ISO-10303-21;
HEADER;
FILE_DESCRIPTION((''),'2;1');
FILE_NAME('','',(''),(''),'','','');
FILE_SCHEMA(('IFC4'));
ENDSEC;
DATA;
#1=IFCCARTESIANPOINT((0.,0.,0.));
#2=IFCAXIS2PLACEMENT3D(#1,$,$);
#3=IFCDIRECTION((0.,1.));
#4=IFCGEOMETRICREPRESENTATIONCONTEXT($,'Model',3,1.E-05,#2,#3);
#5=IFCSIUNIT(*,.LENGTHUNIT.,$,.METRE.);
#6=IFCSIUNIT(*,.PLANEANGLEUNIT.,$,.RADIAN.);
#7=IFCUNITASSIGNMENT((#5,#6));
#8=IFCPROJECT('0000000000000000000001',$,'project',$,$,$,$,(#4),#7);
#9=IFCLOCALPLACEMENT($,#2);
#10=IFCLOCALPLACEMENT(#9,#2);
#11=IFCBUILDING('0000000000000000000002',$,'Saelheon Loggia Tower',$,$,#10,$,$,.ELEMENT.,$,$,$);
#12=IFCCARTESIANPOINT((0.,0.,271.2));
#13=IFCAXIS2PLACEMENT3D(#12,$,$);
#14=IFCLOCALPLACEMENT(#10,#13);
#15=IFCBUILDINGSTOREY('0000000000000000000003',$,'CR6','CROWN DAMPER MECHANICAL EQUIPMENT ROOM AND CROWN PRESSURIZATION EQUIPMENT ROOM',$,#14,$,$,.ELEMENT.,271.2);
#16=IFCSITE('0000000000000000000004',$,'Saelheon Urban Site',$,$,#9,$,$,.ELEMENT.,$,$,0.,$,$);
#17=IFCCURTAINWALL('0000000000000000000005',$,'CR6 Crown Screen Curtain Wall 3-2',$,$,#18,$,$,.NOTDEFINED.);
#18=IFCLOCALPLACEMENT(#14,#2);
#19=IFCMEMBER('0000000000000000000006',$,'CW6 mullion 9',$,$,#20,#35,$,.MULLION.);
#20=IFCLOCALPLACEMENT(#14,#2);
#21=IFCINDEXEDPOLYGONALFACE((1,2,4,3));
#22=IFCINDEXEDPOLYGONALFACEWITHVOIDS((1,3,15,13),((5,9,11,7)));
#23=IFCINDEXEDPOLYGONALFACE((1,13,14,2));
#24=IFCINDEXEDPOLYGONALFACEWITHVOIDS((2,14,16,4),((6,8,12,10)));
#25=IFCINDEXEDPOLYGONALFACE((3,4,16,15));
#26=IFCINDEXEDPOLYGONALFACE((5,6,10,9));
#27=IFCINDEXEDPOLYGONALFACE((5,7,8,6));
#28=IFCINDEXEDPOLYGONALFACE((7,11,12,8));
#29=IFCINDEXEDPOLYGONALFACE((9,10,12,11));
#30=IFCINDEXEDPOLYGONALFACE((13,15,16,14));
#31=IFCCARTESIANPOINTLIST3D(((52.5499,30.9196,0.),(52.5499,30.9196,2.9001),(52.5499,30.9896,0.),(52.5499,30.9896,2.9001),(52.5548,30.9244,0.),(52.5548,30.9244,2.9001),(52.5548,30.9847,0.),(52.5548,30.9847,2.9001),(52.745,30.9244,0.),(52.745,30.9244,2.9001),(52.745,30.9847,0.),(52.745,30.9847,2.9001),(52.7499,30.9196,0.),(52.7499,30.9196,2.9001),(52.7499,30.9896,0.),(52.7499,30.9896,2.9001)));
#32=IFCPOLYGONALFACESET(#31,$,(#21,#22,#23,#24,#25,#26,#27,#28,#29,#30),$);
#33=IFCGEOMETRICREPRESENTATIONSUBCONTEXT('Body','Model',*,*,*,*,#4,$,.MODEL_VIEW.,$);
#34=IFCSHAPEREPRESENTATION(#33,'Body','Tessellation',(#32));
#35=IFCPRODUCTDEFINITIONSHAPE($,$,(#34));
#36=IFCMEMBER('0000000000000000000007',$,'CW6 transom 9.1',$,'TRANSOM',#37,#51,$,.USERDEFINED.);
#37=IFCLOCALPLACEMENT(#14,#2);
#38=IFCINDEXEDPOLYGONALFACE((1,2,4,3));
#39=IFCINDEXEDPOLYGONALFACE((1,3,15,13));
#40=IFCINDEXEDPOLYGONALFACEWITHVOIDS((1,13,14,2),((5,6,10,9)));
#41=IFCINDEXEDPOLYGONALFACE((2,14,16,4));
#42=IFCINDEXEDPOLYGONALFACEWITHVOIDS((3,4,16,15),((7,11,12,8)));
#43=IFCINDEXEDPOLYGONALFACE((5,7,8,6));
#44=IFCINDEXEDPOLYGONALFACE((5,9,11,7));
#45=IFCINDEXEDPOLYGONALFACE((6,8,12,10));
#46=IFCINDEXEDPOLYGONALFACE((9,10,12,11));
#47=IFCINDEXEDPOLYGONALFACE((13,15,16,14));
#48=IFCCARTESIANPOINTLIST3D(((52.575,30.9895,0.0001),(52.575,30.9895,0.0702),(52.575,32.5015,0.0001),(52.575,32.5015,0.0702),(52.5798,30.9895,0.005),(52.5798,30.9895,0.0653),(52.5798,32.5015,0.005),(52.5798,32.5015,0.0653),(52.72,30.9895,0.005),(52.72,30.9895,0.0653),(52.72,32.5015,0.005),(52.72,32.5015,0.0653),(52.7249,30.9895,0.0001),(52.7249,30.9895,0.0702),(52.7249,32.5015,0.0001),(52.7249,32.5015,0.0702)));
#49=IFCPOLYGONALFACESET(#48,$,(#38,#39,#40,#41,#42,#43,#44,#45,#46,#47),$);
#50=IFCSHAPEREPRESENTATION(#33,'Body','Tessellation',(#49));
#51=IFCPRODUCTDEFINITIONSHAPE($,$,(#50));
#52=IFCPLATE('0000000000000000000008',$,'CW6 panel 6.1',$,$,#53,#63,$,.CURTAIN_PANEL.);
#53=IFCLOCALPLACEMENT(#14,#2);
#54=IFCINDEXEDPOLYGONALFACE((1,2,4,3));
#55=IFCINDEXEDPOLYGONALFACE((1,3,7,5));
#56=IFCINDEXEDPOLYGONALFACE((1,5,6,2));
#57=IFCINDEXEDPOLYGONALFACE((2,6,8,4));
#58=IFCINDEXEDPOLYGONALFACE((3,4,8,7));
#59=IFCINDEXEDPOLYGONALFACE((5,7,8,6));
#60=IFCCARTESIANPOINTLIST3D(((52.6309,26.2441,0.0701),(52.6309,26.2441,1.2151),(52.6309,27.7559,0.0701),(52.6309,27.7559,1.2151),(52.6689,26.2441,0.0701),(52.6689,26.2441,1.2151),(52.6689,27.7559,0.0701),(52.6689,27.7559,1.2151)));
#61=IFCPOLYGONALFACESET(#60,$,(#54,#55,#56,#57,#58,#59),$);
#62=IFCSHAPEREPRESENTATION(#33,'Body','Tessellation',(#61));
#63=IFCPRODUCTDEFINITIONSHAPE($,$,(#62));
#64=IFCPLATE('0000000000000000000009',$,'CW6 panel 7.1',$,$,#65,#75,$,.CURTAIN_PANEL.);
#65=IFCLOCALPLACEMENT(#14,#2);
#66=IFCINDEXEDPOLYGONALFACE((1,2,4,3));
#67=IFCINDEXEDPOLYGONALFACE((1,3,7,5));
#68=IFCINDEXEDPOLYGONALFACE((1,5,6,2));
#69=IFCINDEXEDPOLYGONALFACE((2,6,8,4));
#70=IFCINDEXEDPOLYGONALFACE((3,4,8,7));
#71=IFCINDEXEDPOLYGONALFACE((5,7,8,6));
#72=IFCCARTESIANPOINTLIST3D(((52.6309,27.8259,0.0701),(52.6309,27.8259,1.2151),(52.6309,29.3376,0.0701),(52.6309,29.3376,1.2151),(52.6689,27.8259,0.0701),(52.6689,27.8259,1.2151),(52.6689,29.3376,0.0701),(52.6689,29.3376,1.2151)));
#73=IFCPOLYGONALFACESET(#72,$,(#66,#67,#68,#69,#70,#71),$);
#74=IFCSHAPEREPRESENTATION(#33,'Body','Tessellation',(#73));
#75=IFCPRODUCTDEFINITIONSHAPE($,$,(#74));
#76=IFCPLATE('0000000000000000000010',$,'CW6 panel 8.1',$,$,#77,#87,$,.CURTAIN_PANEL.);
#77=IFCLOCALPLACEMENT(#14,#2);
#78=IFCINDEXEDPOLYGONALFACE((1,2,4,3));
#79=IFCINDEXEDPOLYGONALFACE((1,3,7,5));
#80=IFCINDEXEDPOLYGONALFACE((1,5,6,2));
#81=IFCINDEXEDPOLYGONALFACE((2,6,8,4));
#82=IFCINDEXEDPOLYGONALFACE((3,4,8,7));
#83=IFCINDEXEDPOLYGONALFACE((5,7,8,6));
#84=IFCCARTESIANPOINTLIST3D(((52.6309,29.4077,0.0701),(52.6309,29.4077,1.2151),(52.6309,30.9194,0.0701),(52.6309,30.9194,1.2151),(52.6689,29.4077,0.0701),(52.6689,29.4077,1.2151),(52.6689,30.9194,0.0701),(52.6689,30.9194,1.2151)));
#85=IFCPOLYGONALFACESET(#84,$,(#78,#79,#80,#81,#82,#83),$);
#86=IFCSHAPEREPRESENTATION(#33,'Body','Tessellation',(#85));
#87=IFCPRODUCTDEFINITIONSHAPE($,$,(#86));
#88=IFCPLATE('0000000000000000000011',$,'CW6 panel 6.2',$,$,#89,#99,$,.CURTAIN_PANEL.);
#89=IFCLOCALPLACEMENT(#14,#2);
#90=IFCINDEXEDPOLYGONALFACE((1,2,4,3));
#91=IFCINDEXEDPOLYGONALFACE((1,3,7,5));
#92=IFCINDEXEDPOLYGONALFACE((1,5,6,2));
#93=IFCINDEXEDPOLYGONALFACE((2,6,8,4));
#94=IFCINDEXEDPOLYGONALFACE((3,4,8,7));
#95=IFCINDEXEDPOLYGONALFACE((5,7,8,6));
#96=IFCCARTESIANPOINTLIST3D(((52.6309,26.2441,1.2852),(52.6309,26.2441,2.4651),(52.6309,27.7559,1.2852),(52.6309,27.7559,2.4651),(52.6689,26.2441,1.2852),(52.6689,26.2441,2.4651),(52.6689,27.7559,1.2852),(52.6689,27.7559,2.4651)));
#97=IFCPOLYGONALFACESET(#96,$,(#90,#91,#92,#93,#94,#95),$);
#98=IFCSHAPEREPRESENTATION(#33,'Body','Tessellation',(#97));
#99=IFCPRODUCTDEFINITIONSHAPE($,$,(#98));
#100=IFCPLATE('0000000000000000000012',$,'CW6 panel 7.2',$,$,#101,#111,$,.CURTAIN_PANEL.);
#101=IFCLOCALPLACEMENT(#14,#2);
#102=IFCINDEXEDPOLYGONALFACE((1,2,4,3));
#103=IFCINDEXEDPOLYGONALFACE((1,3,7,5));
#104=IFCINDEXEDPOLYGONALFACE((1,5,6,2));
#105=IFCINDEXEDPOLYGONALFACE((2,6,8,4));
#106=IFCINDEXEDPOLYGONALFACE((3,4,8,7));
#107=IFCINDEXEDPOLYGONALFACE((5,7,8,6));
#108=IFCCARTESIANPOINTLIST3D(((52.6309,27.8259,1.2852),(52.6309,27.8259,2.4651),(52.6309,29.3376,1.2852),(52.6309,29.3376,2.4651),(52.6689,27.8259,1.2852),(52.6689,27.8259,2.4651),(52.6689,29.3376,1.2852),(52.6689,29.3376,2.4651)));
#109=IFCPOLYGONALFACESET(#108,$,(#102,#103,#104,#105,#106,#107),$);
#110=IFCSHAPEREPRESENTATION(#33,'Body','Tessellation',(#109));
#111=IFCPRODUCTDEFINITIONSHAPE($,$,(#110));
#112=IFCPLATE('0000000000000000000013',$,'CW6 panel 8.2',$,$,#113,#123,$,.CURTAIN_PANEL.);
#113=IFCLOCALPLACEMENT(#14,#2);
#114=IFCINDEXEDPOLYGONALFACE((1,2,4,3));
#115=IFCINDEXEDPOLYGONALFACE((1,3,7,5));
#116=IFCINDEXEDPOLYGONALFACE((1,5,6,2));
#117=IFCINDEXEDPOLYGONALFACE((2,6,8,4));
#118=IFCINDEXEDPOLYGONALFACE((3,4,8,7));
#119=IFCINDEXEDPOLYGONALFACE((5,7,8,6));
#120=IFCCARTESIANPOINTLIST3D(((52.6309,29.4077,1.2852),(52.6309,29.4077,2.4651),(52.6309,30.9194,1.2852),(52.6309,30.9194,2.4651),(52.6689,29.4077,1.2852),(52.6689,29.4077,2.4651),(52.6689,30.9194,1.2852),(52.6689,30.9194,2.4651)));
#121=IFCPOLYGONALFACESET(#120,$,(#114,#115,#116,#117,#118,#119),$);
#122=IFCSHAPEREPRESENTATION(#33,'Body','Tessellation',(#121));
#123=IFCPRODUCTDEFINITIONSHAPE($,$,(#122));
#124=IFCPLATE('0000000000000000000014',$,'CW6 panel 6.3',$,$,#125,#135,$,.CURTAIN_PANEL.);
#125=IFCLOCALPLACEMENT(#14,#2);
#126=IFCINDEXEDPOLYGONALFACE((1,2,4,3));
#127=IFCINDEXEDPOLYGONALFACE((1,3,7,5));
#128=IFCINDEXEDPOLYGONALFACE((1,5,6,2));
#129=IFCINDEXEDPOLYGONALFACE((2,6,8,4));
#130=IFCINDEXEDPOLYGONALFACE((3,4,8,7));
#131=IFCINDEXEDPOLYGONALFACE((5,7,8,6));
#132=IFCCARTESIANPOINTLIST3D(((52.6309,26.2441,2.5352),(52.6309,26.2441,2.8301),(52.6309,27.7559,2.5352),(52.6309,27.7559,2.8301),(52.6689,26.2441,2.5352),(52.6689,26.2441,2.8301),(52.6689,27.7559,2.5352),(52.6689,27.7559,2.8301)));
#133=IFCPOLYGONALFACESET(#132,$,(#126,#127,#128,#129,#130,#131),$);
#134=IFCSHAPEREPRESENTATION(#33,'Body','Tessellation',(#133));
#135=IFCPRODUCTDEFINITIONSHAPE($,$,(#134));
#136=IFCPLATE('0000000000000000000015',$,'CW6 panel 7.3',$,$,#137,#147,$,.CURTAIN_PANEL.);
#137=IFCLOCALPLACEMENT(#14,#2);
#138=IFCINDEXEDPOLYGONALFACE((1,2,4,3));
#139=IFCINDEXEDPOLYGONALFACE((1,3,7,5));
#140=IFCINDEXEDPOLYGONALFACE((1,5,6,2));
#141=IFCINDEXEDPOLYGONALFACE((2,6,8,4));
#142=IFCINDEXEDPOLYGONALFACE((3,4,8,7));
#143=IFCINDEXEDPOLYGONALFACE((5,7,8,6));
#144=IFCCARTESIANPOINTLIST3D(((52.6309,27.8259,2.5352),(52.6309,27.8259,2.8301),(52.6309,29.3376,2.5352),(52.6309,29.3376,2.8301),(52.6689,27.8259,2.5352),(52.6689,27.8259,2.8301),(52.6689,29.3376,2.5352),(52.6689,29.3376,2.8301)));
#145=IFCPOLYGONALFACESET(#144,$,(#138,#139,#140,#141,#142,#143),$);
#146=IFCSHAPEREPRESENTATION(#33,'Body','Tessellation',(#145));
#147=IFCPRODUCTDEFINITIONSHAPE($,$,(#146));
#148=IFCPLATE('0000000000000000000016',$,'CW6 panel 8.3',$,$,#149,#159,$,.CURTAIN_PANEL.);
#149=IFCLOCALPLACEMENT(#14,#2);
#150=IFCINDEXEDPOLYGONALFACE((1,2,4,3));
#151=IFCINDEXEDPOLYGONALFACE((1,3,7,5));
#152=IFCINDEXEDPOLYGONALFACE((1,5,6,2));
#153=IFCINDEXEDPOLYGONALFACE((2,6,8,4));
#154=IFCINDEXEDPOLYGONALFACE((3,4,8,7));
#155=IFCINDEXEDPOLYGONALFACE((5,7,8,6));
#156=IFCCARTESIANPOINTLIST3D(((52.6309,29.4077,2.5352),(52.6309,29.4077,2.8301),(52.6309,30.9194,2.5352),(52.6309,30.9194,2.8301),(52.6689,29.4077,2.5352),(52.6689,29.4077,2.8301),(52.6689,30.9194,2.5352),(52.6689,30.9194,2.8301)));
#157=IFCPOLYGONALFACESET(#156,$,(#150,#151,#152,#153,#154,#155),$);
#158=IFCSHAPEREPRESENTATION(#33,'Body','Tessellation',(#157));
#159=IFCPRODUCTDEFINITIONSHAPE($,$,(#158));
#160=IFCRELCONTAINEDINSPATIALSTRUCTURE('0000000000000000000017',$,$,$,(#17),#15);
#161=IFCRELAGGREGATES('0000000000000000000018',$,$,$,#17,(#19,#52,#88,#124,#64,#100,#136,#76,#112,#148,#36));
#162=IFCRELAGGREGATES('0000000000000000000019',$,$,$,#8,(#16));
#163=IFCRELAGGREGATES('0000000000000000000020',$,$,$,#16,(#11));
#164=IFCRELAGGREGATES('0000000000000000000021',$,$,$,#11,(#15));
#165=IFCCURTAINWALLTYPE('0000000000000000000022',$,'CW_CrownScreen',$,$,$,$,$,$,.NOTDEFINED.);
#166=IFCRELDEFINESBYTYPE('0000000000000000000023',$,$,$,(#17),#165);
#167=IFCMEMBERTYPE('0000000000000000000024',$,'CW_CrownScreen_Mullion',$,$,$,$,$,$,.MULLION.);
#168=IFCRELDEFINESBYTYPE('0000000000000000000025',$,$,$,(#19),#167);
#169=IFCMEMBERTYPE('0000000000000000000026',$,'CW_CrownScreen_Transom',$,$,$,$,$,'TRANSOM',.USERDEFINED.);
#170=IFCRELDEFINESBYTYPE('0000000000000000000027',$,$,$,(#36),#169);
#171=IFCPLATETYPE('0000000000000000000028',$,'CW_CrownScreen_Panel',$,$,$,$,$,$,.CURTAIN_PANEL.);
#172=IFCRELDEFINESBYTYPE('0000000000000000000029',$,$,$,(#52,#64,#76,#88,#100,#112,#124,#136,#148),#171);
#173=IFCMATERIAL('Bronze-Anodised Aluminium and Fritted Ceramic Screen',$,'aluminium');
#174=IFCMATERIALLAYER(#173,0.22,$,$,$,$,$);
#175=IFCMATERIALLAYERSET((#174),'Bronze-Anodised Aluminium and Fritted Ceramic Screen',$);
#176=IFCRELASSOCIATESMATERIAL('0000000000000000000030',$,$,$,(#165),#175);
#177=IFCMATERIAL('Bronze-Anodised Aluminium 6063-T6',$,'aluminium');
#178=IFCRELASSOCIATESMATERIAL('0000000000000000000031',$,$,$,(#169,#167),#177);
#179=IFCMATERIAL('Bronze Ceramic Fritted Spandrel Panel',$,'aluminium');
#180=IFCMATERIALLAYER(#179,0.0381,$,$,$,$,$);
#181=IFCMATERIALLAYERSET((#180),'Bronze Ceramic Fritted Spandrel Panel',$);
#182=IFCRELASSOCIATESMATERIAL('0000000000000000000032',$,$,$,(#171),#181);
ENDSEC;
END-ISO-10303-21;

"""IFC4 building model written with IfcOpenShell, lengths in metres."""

from ifc_helpers import new_model, si_unit, direction, frame, origin, origin_2d, place, context, subcontext, project, spatial, rectangle, hollow_rectangle, extrude, source, transform, mapped, material, layer, layer_set, material_profile, profile_set, type_object, element, aggregate, save


model = new_model("IFC4")

# Units and contexts
model_context = context("Model", 3, precision=1e-05, world=origin(), true_north=direction((0.0, 1.0)))
body_context = subcontext(model_context, "Body", "Model", "MODEL_VIEW")
ifc_project = project(units=[si_unit("LENGTHUNIT", "METRE"), si_unit("PLANEANGLEUNIT", "RADIAN")], contexts=[model_context])

# Site, building, storey
site_placement = place(None, origin())
site = spatial("IfcSite", under=ifc_project, at=site_placement, Name="Saelheon Urban Site", CompositionType="ELEMENT", RefElevation=0.0)
building_placement = place(site_placement, origin())
building = spatial("IfcBuilding", under=site, at=building_placement, Name="Saelheon Loggia Tower", CompositionType="ELEMENT")
storey_placement = place(building_placement, frame((0.0, 0.0, 271.2)))
storey = spatial("IfcBuildingStorey", under=building, at=storey_placement, Name="CR6", Description="CROWN DAMPER MECHANICAL EQUIPMENT ROOM AND CROWN PRESSURIZATION EQUIPMENT ROOM", CompositionType="ELEMENT", Elevation=271.2)

# Curtain wall, members, plates
ifc_material_1 = material(Name="Bronze-Anodised Aluminium and Fritted Ceramic Screen", Category="aluminium")
ifc_layer_1 = layer(ifc_material_1, 0.22)
ifc_layer_set_1 = layer_set([ifc_layer_1], Name="Bronze-Anodised Aluminium and Fritted Ceramic Screen")
curtain_wall_type = type_object("IfcCurtainWallType", Name="CW_CrownScreen", PredefinedType="NOTDEFINED", material=ifc_layer_set_1)
curtain_wall_placement = place(storey_placement, origin())
curtain_wall = element("IfcCurtainWall", 1, at=curtain_wall_placement, inside=storey, type_object=curtain_wall_type, Name="CR6 Crown Screen Curtain Wall 3-2", PredefinedType="NOTDEFINED")
ifc_material_2 = material(Name="Bronze-Anodised Aluminium 6063-T6", Category="aluminium")
ifc_material_profile_1 = material_profile(ifc_material_2, hollow_rectangle(XDim=0.0701, YDim=0.1499, WallThickness=0.0049, at=origin_2d()), Name="RHS-150x70x5")
ifc_profile_set_1 = profile_set([ifc_material_profile_1], Name="Bronze-Anodised Aluminium 6063-T6")
member_type_1 = type_object("IfcMemberType", Name="CW_CrownScreen_Transom", ElementType="TRANSOM", PredefinedType="USERDEFINED", material=ifc_profile_set_1)
ifc_material_profile_2 = material_profile(ifc_material_2, hollow_rectangle(XDim=0.0701, YDim=0.2, WallThickness=0.0049, at=origin_2d()), Name="RHS-200x70x5")
ifc_profile_set_2 = profile_set([ifc_material_profile_2], Name="Bronze-Anodised Aluminium 6063-T6")
member_type_2 = type_object("IfcMemberType", Name="CW_CrownScreen_Mullion", PredefinedType="MULLION", material=ifc_profile_set_2)
shared_shape_1 = source(origin(), body_context, "Body", "SweptSolid", [
    extrude(hollow_rectangle(XDim=0.0701, YDim=0.2, WallThickness=0.0049, at=origin_2d()), origin(), (0.0, 0.0, 1.0), 2.9001),
])
member_1_placement = place(storey_placement, frame((52.6499, 30.9546, 0.0), z_axis=(0.0, 0.0, 1.0), x_axis=(0.0, 1.0, 0.0)))
member_1 = element("IfcMember", 2, at=member_1_placement, type_object=member_type_2, Name="CW6 mullion 9", PredefinedType="MULLION", context=body_context, shape_type="MappedRepresentation", body=[
    mapped(shared_shape_1, transform((0.0, 0.0, 0.0), scale=1.0)),
])
shared_shape_2 = source(origin(), body_context, "Body", "SweptSolid", [
    extrude(hollow_rectangle(XDim=0.0701, YDim=0.1499, WallThickness=0.0049, at=origin_2d()), origin(), (0.0, 0.0, 1.0), 1.512),
])
member_2_placement = place(storey_placement, frame((52.6499, 30.9895, 0.0352), z_axis=(0.0, 1.0, 0.0), x_axis=(0.0, 0.0, 1.0)))
member_2 = element("IfcMember", 3, at=member_2_placement, type_object=member_type_1, Name="CW6 transom 9.1", ObjectType="TRANSOM", PredefinedType="USERDEFINED", context=body_context, shape_type="MappedRepresentation", body=[
    mapped(shared_shape_2, transform((0.0, 0.0, 0.0), scale=1.0)),
])
ifc_material_3 = material(Name="Bronze Ceramic Fritted Spandrel Panel", Category="aluminium")
ifc_layer_2 = layer(ifc_material_3, 0.0381)
ifc_layer_set_2 = layer_set([ifc_layer_2], Name="Bronze Ceramic Fritted Spandrel Panel")
plate_type = type_object("IfcPlateType", Name="CW_CrownScreen_Panel", PredefinedType="CURTAIN_PANEL", material=ifc_layer_set_2)
shared_shape_3 = source(origin(), body_context, "Body", "SweptSolid", [
    extrude(rectangle(XDim=1.5117, YDim=0.0381, at=origin_2d()), origin(), (0.0, 0.0, 1.0), 1.145),
])
plate_1_placement = place(storey_placement, frame((52.6499, 27.0, 0.0701), z_axis=(0.0, 0.0, 1.0), x_axis=(0.0, 1.0, 0.0)))
plate_1 = element("IfcPlate", 4, at=plate_1_placement, type_object=plate_type, Name="CW6 panel 6.1", PredefinedType="CURTAIN_PANEL", context=body_context, shape_type="MappedRepresentation", body=[
    mapped(shared_shape_3, transform((0.0, 0.0, 0.0), scale=1.0)),
])
plate_2_placement = place(storey_placement, frame((52.6499, 28.5818, 0.0701), z_axis=(0.0, 0.0, 1.0), x_axis=(0.0, 1.0, 0.0)))
plate_2 = element("IfcPlate", 5, at=plate_2_placement, type_object=plate_type, Name="CW6 panel 7.1", PredefinedType="CURTAIN_PANEL", context=body_context, shape_type="MappedRepresentation", body=[
    mapped(shared_shape_3, transform((0.0, 0.0, 0.0), scale=1.0)),
])
plate_3_placement = place(storey_placement, frame((52.6499, 30.1636, 0.0701), z_axis=(0.0, 0.0, 1.0), x_axis=(0.0, 1.0, 0.0)))
plate_3 = element("IfcPlate", 6, at=plate_3_placement, type_object=plate_type, Name="CW6 panel 8.1", PredefinedType="CURTAIN_PANEL", context=body_context, shape_type="MappedRepresentation", body=[
    mapped(shared_shape_3, transform((0.0, 0.0, 0.0), scale=1.0)),
])
shared_shape_4 = source(origin(), body_context, "Body", "SweptSolid", [
    extrude(rectangle(XDim=1.5117, YDim=0.0381, at=origin_2d()), origin(), (0.0, 0.0, 1.0), 1.1799),
])
plate_4_placement = place(storey_placement, frame((52.6499, 27.0, 1.2852), z_axis=(0.0, 0.0, 1.0), x_axis=(0.0, 1.0, 0.0)))
plate_4 = element("IfcPlate", 7, at=plate_4_placement, type_object=plate_type, Name="CW6 panel 6.2", PredefinedType="CURTAIN_PANEL", context=body_context, shape_type="MappedRepresentation", body=[
    mapped(shared_shape_4, transform((0.0, 0.0, 0.0), scale=1.0)),
])
plate_5_placement = place(storey_placement, frame((52.6499, 28.5818, 1.2852), z_axis=(0.0, 0.0, 1.0), x_axis=(0.0, 1.0, 0.0)))
plate_5 = element("IfcPlate", 8, at=plate_5_placement, type_object=plate_type, Name="CW6 panel 7.2", PredefinedType="CURTAIN_PANEL", context=body_context, shape_type="MappedRepresentation", body=[
    mapped(shared_shape_4, transform((0.0, 0.0, 0.0), scale=1.0)),
])
plate_6_placement = place(storey_placement, frame((52.6499, 30.1636, 1.2852), z_axis=(0.0, 0.0, 1.0), x_axis=(0.0, 1.0, 0.0)))
plate_6 = element("IfcPlate", 9, at=plate_6_placement, type_object=plate_type, Name="CW6 panel 8.2", PredefinedType="CURTAIN_PANEL", context=body_context, shape_type="MappedRepresentation", body=[
    mapped(shared_shape_4, transform((0.0, 0.0, 0.0), scale=1.0)),
])
shared_shape_5 = source(origin(), body_context, "Body", "SweptSolid", [
    extrude(rectangle(XDim=1.5117, YDim=0.0381, at=origin_2d()), origin(), (0.0, 0.0, 1.0), 0.2949),
])
plate_7_placement = place(storey_placement, frame((52.6499, 27.0, 2.5352), z_axis=(0.0, 0.0, 1.0), x_axis=(0.0, 1.0, 0.0)))
plate_7 = element("IfcPlate", 10, at=plate_7_placement, type_object=plate_type, Name="CW6 panel 6.3", PredefinedType="CURTAIN_PANEL", context=body_context, shape_type="MappedRepresentation", body=[
    mapped(shared_shape_5, transform((0.0, 0.0, 0.0), scale=1.0)),
])
plate_8_placement = place(storey_placement, frame((52.6499, 28.5818, 2.5352), z_axis=(0.0, 0.0, 1.0), x_axis=(0.0, 1.0, 0.0)))
plate_8 = element("IfcPlate", 11, at=plate_8_placement, type_object=plate_type, Name="CW6 panel 7.3", PredefinedType="CURTAIN_PANEL", context=body_context, shape_type="MappedRepresentation", body=[
    mapped(shared_shape_5, transform((0.0, 0.0, 0.0), scale=1.0)),
])
plate_9_placement = place(storey_placement, frame((52.6499, 30.1636, 2.5352), z_axis=(0.0, 0.0, 1.0), x_axis=(0.0, 1.0, 0.0)))
plate_9 = element("IfcPlate", 12, at=plate_9_placement, type_object=plate_type, Name="CW6 panel 8.3", PredefinedType="CURTAIN_PANEL", context=body_context, shape_type="MappedRepresentation", body=[
    mapped(shared_shape_5, transform((0.0, 0.0, 0.0), scale=1.0)),
])
aggregate(curtain_wall, [member_1, plate_1, plate_4, plate_7, plate_2, plate_5, plate_8, plate_3, plate_6, plate_9, member_2])

save(model, "model.ifc")
